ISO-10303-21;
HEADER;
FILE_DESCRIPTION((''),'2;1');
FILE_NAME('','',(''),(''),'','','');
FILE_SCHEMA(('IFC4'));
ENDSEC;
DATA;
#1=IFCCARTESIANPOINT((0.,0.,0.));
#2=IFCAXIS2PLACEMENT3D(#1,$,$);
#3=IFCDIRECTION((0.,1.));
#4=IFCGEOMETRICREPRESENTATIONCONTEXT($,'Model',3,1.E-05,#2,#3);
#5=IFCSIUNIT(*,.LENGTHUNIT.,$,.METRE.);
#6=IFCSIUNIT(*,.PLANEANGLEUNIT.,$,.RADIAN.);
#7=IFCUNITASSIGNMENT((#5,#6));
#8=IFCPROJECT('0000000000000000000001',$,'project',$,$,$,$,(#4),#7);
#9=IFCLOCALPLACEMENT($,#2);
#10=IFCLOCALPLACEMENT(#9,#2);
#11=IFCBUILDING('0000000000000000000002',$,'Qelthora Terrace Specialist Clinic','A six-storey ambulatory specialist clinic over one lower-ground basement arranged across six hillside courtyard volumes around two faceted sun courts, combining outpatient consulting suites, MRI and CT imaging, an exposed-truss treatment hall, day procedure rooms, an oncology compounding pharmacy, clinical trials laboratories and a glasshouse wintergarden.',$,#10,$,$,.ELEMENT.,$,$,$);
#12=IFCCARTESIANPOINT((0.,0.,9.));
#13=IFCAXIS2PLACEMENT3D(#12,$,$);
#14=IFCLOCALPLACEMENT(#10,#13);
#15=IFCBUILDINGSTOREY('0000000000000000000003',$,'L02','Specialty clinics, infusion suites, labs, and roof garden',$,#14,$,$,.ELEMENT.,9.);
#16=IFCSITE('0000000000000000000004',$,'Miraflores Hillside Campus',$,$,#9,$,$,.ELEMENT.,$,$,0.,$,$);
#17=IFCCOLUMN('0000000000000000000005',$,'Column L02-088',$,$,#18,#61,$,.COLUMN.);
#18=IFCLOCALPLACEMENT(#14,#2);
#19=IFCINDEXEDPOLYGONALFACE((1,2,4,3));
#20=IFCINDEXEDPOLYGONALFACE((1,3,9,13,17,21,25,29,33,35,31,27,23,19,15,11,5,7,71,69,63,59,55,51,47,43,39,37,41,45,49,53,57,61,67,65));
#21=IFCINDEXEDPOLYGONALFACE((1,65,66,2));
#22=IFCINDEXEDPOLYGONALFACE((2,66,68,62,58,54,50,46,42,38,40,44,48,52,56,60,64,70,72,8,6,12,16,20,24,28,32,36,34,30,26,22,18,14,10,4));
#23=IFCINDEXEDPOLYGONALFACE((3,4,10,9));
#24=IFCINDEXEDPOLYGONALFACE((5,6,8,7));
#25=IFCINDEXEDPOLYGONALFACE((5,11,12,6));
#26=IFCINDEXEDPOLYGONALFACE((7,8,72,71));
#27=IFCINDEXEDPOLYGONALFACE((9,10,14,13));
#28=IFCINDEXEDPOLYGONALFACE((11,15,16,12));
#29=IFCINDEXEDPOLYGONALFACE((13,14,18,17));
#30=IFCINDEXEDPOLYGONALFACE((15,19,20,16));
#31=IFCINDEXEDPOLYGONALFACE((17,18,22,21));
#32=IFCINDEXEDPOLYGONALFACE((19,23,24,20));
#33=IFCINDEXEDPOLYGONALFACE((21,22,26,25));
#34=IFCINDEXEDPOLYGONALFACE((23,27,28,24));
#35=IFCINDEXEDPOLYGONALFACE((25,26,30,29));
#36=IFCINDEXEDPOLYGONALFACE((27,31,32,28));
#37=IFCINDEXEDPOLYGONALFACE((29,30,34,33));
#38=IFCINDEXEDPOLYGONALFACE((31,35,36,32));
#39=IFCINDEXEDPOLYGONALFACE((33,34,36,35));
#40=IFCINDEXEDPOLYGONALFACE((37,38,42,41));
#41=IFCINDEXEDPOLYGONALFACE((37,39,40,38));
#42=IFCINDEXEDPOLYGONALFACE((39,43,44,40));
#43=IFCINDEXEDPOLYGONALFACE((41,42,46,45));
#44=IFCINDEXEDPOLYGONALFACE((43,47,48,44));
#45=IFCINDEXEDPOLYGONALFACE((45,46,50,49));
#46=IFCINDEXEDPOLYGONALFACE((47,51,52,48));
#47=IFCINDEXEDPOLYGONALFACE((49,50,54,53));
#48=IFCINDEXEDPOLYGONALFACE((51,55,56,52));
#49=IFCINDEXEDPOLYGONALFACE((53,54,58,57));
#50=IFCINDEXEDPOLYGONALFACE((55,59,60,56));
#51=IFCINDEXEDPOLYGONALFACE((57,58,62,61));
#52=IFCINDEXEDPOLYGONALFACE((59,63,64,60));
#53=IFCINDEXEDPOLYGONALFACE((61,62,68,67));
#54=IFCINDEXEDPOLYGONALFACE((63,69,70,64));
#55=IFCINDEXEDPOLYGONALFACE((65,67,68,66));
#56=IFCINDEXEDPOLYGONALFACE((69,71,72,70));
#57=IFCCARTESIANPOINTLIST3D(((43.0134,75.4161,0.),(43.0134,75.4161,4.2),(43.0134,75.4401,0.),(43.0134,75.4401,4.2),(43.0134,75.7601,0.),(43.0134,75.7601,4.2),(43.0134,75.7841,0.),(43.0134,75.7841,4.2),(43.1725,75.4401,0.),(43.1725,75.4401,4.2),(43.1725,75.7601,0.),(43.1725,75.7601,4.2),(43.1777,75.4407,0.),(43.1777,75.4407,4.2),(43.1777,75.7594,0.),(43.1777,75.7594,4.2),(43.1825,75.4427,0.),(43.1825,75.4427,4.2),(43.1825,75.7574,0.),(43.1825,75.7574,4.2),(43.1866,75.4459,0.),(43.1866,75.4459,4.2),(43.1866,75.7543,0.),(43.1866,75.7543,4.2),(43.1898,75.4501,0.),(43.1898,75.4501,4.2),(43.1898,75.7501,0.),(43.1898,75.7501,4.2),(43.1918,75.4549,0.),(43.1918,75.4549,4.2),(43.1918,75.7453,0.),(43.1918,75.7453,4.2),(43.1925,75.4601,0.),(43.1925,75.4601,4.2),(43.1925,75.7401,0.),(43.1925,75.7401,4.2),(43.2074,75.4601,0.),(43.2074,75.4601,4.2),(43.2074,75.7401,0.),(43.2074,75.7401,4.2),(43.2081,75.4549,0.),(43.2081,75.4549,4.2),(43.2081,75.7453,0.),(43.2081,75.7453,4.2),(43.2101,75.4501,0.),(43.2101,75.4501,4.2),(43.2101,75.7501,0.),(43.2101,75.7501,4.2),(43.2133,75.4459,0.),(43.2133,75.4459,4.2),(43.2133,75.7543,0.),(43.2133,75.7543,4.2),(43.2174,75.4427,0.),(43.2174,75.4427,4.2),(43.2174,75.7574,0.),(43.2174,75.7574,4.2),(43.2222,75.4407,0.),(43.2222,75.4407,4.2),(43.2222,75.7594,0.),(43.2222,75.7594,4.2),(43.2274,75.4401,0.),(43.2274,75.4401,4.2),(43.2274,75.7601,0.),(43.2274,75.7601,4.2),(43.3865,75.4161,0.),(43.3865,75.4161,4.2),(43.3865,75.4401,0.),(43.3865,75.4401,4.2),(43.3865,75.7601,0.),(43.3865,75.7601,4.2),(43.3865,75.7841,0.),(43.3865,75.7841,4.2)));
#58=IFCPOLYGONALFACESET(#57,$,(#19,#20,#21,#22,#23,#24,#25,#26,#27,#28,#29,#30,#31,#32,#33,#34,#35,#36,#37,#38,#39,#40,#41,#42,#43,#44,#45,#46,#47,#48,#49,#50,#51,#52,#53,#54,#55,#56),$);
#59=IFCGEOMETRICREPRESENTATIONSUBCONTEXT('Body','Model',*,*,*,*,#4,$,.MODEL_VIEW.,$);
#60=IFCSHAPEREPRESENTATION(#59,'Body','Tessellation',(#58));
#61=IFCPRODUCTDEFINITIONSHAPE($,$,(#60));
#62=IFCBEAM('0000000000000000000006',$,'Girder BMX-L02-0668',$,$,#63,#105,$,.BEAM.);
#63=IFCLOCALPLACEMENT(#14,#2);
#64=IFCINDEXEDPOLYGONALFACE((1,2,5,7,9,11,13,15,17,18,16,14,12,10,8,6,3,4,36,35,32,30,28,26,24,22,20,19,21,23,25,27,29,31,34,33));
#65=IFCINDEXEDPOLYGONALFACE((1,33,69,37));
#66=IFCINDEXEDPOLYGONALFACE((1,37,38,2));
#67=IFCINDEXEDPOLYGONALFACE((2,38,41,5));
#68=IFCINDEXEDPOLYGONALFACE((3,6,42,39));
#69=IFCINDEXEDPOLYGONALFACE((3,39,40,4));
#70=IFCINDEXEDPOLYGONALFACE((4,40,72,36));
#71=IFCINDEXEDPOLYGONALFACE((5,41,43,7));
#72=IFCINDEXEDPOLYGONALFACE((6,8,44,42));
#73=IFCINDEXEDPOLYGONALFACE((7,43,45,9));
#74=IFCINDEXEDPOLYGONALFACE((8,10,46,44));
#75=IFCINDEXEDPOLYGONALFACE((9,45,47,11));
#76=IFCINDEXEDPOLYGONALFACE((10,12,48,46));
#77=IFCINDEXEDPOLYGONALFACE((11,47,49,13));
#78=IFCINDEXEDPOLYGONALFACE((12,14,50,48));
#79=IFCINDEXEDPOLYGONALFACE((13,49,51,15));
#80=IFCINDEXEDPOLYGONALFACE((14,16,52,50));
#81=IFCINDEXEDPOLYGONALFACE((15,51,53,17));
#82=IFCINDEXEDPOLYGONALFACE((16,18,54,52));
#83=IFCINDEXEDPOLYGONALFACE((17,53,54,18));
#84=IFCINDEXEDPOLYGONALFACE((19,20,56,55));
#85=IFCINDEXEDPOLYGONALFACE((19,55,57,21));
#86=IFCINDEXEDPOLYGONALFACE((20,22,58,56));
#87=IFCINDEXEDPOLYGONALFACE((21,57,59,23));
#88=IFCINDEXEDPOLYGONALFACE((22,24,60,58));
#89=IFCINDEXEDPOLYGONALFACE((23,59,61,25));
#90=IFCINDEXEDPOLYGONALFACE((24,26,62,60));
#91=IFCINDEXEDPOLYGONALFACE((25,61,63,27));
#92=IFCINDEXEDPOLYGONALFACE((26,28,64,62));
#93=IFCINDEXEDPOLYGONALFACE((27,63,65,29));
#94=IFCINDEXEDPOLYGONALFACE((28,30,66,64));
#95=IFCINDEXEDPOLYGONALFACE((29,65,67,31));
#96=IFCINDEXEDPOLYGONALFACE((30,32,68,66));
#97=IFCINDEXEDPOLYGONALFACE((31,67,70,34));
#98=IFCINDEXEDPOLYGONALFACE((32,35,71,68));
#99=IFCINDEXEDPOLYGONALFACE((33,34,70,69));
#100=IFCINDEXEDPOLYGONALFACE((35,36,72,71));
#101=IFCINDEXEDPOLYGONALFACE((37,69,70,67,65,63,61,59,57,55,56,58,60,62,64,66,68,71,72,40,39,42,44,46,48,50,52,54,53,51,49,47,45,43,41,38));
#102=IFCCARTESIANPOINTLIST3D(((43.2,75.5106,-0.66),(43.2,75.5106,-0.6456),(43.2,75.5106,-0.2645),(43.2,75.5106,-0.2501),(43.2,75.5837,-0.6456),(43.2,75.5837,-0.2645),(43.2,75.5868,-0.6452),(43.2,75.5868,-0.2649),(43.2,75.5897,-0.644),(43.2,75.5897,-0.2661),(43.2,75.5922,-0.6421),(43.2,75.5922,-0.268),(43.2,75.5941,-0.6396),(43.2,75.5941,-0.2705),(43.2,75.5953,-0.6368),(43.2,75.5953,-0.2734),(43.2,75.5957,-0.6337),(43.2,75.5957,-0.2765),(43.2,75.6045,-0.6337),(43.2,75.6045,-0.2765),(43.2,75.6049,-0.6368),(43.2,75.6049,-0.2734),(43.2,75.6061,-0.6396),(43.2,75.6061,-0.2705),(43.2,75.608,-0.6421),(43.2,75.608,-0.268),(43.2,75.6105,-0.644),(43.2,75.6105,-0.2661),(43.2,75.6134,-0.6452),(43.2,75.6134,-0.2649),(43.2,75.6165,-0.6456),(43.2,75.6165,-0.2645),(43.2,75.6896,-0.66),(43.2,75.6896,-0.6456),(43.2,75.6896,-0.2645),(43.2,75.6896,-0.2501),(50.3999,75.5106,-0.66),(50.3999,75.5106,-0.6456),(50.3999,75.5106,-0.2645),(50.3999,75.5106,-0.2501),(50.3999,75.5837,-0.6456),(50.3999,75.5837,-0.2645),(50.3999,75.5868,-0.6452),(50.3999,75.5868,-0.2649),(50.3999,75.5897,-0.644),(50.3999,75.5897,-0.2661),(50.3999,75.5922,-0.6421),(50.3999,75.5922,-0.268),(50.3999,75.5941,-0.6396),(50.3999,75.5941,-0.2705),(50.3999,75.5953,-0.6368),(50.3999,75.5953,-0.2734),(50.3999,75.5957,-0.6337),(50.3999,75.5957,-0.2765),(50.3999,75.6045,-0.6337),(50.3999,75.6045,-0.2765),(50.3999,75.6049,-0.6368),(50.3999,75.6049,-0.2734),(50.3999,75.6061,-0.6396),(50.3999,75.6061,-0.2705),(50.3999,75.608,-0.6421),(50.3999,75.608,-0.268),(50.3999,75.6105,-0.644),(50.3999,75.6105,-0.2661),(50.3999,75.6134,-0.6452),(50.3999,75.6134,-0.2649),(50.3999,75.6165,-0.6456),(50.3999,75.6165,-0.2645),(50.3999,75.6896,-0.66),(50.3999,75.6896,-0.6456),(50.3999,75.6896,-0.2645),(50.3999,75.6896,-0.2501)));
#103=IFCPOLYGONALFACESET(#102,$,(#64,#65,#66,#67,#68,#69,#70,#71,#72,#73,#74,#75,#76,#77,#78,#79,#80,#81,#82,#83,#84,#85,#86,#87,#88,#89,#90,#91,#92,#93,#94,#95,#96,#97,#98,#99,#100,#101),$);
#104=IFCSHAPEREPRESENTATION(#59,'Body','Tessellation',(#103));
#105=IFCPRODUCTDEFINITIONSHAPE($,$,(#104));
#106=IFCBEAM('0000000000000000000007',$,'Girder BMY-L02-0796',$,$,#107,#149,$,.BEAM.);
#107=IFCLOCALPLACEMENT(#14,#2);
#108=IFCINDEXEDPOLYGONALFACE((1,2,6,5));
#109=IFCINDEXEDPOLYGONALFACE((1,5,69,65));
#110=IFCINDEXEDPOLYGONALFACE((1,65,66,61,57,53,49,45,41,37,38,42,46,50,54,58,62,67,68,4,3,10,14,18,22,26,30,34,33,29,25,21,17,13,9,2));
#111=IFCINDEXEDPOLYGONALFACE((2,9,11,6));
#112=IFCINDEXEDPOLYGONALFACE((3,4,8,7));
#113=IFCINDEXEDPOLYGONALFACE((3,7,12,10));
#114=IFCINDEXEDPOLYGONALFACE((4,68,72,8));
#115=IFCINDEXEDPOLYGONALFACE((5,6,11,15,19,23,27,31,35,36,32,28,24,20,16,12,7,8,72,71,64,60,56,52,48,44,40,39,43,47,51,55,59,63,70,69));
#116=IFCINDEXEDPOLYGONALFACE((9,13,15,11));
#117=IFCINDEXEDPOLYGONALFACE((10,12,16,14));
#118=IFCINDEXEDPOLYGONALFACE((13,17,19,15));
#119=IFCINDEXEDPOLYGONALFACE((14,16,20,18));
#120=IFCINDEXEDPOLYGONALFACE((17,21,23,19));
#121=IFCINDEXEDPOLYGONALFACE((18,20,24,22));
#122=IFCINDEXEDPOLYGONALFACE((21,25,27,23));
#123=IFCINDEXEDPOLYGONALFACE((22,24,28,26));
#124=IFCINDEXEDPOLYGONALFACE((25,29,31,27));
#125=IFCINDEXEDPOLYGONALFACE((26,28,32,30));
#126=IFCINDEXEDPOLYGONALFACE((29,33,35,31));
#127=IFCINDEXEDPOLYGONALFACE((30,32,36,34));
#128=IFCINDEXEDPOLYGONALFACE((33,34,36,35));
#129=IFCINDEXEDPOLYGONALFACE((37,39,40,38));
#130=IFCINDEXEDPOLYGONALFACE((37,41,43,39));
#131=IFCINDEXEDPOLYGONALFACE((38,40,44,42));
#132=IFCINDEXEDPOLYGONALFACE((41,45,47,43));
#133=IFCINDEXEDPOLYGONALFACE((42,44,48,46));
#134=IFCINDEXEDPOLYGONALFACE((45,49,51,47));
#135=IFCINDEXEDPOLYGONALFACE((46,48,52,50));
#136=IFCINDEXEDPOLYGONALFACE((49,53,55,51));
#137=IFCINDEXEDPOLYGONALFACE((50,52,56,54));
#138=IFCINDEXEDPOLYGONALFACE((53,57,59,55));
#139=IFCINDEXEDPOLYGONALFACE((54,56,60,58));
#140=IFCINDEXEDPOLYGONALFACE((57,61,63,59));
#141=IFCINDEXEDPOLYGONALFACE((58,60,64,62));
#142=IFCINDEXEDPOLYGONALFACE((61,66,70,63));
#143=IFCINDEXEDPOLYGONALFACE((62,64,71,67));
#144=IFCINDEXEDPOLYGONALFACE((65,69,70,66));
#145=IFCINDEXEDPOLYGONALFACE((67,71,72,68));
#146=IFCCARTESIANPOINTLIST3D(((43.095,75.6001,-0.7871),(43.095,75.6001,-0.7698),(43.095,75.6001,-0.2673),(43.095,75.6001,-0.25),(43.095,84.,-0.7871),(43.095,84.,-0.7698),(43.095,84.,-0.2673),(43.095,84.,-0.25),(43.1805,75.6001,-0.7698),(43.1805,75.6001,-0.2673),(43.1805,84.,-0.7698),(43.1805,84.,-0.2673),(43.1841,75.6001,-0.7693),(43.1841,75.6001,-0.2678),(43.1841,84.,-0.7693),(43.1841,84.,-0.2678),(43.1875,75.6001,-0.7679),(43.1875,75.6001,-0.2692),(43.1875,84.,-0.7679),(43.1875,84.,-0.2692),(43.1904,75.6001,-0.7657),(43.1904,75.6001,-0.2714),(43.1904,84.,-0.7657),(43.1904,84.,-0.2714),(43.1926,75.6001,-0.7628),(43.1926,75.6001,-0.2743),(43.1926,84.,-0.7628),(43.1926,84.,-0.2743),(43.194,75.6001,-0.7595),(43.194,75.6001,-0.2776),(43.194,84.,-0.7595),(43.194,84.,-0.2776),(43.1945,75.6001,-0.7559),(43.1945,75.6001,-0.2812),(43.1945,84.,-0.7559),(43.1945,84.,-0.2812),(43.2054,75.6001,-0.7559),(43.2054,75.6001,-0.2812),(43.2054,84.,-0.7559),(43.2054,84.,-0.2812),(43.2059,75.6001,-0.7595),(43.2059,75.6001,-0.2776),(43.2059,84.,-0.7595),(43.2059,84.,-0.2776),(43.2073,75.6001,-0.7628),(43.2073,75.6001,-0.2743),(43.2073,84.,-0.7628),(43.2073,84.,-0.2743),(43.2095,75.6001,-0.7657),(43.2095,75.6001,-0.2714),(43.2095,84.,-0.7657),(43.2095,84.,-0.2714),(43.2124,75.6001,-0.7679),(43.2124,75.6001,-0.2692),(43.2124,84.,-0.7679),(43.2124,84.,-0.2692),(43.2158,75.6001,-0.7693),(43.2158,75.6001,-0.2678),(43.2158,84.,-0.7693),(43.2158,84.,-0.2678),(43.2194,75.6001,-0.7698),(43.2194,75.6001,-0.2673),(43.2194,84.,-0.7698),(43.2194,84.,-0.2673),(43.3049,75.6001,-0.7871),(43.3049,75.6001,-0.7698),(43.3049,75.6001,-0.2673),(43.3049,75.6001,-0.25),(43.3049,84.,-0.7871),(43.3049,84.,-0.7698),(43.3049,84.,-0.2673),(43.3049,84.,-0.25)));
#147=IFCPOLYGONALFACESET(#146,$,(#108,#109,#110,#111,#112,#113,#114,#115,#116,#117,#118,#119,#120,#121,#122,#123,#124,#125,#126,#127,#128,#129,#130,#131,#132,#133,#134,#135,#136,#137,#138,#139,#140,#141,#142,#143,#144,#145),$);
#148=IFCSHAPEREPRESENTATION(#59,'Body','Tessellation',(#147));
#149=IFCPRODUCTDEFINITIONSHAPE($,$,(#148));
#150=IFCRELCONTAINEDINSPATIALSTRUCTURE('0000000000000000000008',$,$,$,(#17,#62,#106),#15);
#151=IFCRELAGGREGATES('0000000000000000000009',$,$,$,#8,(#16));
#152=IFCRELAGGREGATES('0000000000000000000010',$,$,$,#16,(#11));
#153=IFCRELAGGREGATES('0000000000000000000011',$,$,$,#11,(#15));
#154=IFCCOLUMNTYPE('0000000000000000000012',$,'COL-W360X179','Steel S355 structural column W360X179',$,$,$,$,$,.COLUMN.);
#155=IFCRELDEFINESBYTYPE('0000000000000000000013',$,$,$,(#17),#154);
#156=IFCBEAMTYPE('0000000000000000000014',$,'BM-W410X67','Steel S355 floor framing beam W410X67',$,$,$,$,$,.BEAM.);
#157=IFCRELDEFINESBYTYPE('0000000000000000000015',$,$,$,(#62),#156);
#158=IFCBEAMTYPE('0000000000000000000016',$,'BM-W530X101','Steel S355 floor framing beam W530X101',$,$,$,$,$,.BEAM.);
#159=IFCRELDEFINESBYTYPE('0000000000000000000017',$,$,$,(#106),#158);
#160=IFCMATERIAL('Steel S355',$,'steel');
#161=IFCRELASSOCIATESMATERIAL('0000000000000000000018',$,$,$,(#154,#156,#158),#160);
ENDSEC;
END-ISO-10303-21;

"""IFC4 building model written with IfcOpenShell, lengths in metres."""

from ifc_helpers import new_model, si_unit, direction, frame, origin, origin_2d, place, context, subcontext, project, spatial, i_section, extrude, material, material_profile, profile_set, type_object, element, save


model = new_model("IFC4")

# Units and contexts
model_context = context("Model", 3, precision=1e-05, world=origin(), true_north=direction((0.0, 1.0)))
body_context = subcontext(model_context, "Body", "Model", "MODEL_VIEW")
ifc_project = project(units=[si_unit("LENGTHUNIT", "METRE"), si_unit("PLANEANGLEUNIT", "RADIAN")], contexts=[model_context])

# Site, building, storey
site_placement = place(None, origin())
site = spatial("IfcSite", under=ifc_project, at=site_placement, Name="Miraflores Hillside Campus", CompositionType="ELEMENT", RefElevation=0.0)
building_placement = place(site_placement, origin())
building = spatial("IfcBuilding", under=site, at=building_placement, Name="Qelthora Terrace Specialist Clinic", Description="A six-storey ambulatory specialist clinic over one lower-ground basement arranged across six hillside courtyard volumes around two faceted sun courts, combining outpatient consulting suites, MRI and CT imaging, an exposed-truss treatment hall, day procedure rooms, an oncology compounding pharmacy, clinical trials laboratories and a glasshouse wintergarden.", CompositionType="ELEMENT")
storey_placement = place(building_placement, frame((0.0, 0.0, 9.0)))
storey = spatial("IfcBuildingStorey", under=building, at=storey_placement, Name="L02", Description="Specialty clinics, infusion suites, labs, and roof garden", CompositionType="ELEMENT", Elevation=9.0)

# Column
ifc_material_1 = material(Name="Steel S355", Category="steel")
ifc_material_profile_1 = material_profile(ifc_material_1, i_section(OverallWidth=0.373, OverallDepth=0.3679, WebThickness=0.0149, FlangeThickness=0.0239, FilletRadius=0.02, at=origin_2d()), Name="W360X179")
ifc_profile_set_1 = profile_set([ifc_material_profile_1], Name="Steel S355")
column_type = type_object("IfcColumnType", Name="COL-W360X179", Description="Steel S355 structural column W360X179", PredefinedType="COLUMN", material=ifc_profile_set_1)
column_placement = place(storey_placement, frame((43.2, 75.6001, 0.0), z_axis=(0.0, 0.0, 1.0), x_axis=(1.0, 0.0, 0.0)))
element("IfcColumn", 1, at=column_placement, inside=storey, type_object=column_type, Name="Column L02-088", PredefinedType="COLUMN", context=body_context, shape_type="SweptSolid", body=[
    extrude(i_section(OverallWidth=0.373, OverallDepth=0.3679, WebThickness=0.0149, FlangeThickness=0.0239, FilletRadius=0.02, at=origin_2d()), origin(), (0.0, 0.0, 1.0), 4.2),
])

# Beams
ifc_material_profile_2 = material_profile(ifc_material_1, i_section(OverallWidth=0.179, OverallDepth=0.4099, WebThickness=0.0088, FlangeThickness=0.0144, FilletRadius=0.012, at=origin_2d()), Name="W410X67")
ifc_profile_set_2 = profile_set([ifc_material_profile_2], Name="Steel S355")
beam_type_1 = type_object("IfcBeamType", Name="BM-W410X67", Description="Steel S355 floor framing beam W410X67", PredefinedType="BEAM", material=ifc_profile_set_2)
beam_1_placement = place(storey_placement, frame((43.2, 75.6001, -0.4551), z_axis=(1.0, 0.0, 0.0), x_axis=(0.0, 1.0, 0.0)))
element("IfcBeam", 2, at=beam_1_placement, inside=storey, type_object=beam_type_1, Name="Girder BMX-L02-0668", PredefinedType="BEAM", context=body_context, shape_type="SweptSolid", body=[
    extrude(i_section(OverallWidth=0.179, OverallDepth=0.4099, WebThickness=0.0088, FlangeThickness=0.0144, FilletRadius=0.012, at=origin_2d()), origin(), (0.0, 0.0, 1.0), 7.2),
])
ifc_material_profile_3 = material_profile(ifc_material_1, i_section(OverallWidth=0.21, OverallDepth=0.5371, WebThickness=0.011, FlangeThickness=0.0173, FilletRadius=0.0139, at=origin_2d()), Name="W530X101")
ifc_profile_set_3 = profile_set([ifc_material_profile_3], Name="Steel S355")
beam_type_2 = type_object("IfcBeamType", Name="BM-W530X101", Description="Steel S355 floor framing beam W530X101", PredefinedType="BEAM", material=ifc_profile_set_3)
beam_2_placement = place(storey_placement, frame((43.2, 75.6001, -0.5186), z_axis=(0.0, 1.0, 0.0), x_axis=(-1.0, 0.0, 0.0)))
element("IfcBeam", 3, at=beam_2_placement, inside=storey, type_object=beam_type_2, Name="Girder BMY-L02-0796", PredefinedType="BEAM", context=body_context, shape_type="SweptSolid", body=[
    extrude(i_section(OverallWidth=0.21, OverallDepth=0.5371, WebThickness=0.011, FlangeThickness=0.0173, FilletRadius=0.0139, at=origin_2d()), origin(), (0.0, 0.0, 1.0), 8.3999),
])

save(model, "model.ifc")
